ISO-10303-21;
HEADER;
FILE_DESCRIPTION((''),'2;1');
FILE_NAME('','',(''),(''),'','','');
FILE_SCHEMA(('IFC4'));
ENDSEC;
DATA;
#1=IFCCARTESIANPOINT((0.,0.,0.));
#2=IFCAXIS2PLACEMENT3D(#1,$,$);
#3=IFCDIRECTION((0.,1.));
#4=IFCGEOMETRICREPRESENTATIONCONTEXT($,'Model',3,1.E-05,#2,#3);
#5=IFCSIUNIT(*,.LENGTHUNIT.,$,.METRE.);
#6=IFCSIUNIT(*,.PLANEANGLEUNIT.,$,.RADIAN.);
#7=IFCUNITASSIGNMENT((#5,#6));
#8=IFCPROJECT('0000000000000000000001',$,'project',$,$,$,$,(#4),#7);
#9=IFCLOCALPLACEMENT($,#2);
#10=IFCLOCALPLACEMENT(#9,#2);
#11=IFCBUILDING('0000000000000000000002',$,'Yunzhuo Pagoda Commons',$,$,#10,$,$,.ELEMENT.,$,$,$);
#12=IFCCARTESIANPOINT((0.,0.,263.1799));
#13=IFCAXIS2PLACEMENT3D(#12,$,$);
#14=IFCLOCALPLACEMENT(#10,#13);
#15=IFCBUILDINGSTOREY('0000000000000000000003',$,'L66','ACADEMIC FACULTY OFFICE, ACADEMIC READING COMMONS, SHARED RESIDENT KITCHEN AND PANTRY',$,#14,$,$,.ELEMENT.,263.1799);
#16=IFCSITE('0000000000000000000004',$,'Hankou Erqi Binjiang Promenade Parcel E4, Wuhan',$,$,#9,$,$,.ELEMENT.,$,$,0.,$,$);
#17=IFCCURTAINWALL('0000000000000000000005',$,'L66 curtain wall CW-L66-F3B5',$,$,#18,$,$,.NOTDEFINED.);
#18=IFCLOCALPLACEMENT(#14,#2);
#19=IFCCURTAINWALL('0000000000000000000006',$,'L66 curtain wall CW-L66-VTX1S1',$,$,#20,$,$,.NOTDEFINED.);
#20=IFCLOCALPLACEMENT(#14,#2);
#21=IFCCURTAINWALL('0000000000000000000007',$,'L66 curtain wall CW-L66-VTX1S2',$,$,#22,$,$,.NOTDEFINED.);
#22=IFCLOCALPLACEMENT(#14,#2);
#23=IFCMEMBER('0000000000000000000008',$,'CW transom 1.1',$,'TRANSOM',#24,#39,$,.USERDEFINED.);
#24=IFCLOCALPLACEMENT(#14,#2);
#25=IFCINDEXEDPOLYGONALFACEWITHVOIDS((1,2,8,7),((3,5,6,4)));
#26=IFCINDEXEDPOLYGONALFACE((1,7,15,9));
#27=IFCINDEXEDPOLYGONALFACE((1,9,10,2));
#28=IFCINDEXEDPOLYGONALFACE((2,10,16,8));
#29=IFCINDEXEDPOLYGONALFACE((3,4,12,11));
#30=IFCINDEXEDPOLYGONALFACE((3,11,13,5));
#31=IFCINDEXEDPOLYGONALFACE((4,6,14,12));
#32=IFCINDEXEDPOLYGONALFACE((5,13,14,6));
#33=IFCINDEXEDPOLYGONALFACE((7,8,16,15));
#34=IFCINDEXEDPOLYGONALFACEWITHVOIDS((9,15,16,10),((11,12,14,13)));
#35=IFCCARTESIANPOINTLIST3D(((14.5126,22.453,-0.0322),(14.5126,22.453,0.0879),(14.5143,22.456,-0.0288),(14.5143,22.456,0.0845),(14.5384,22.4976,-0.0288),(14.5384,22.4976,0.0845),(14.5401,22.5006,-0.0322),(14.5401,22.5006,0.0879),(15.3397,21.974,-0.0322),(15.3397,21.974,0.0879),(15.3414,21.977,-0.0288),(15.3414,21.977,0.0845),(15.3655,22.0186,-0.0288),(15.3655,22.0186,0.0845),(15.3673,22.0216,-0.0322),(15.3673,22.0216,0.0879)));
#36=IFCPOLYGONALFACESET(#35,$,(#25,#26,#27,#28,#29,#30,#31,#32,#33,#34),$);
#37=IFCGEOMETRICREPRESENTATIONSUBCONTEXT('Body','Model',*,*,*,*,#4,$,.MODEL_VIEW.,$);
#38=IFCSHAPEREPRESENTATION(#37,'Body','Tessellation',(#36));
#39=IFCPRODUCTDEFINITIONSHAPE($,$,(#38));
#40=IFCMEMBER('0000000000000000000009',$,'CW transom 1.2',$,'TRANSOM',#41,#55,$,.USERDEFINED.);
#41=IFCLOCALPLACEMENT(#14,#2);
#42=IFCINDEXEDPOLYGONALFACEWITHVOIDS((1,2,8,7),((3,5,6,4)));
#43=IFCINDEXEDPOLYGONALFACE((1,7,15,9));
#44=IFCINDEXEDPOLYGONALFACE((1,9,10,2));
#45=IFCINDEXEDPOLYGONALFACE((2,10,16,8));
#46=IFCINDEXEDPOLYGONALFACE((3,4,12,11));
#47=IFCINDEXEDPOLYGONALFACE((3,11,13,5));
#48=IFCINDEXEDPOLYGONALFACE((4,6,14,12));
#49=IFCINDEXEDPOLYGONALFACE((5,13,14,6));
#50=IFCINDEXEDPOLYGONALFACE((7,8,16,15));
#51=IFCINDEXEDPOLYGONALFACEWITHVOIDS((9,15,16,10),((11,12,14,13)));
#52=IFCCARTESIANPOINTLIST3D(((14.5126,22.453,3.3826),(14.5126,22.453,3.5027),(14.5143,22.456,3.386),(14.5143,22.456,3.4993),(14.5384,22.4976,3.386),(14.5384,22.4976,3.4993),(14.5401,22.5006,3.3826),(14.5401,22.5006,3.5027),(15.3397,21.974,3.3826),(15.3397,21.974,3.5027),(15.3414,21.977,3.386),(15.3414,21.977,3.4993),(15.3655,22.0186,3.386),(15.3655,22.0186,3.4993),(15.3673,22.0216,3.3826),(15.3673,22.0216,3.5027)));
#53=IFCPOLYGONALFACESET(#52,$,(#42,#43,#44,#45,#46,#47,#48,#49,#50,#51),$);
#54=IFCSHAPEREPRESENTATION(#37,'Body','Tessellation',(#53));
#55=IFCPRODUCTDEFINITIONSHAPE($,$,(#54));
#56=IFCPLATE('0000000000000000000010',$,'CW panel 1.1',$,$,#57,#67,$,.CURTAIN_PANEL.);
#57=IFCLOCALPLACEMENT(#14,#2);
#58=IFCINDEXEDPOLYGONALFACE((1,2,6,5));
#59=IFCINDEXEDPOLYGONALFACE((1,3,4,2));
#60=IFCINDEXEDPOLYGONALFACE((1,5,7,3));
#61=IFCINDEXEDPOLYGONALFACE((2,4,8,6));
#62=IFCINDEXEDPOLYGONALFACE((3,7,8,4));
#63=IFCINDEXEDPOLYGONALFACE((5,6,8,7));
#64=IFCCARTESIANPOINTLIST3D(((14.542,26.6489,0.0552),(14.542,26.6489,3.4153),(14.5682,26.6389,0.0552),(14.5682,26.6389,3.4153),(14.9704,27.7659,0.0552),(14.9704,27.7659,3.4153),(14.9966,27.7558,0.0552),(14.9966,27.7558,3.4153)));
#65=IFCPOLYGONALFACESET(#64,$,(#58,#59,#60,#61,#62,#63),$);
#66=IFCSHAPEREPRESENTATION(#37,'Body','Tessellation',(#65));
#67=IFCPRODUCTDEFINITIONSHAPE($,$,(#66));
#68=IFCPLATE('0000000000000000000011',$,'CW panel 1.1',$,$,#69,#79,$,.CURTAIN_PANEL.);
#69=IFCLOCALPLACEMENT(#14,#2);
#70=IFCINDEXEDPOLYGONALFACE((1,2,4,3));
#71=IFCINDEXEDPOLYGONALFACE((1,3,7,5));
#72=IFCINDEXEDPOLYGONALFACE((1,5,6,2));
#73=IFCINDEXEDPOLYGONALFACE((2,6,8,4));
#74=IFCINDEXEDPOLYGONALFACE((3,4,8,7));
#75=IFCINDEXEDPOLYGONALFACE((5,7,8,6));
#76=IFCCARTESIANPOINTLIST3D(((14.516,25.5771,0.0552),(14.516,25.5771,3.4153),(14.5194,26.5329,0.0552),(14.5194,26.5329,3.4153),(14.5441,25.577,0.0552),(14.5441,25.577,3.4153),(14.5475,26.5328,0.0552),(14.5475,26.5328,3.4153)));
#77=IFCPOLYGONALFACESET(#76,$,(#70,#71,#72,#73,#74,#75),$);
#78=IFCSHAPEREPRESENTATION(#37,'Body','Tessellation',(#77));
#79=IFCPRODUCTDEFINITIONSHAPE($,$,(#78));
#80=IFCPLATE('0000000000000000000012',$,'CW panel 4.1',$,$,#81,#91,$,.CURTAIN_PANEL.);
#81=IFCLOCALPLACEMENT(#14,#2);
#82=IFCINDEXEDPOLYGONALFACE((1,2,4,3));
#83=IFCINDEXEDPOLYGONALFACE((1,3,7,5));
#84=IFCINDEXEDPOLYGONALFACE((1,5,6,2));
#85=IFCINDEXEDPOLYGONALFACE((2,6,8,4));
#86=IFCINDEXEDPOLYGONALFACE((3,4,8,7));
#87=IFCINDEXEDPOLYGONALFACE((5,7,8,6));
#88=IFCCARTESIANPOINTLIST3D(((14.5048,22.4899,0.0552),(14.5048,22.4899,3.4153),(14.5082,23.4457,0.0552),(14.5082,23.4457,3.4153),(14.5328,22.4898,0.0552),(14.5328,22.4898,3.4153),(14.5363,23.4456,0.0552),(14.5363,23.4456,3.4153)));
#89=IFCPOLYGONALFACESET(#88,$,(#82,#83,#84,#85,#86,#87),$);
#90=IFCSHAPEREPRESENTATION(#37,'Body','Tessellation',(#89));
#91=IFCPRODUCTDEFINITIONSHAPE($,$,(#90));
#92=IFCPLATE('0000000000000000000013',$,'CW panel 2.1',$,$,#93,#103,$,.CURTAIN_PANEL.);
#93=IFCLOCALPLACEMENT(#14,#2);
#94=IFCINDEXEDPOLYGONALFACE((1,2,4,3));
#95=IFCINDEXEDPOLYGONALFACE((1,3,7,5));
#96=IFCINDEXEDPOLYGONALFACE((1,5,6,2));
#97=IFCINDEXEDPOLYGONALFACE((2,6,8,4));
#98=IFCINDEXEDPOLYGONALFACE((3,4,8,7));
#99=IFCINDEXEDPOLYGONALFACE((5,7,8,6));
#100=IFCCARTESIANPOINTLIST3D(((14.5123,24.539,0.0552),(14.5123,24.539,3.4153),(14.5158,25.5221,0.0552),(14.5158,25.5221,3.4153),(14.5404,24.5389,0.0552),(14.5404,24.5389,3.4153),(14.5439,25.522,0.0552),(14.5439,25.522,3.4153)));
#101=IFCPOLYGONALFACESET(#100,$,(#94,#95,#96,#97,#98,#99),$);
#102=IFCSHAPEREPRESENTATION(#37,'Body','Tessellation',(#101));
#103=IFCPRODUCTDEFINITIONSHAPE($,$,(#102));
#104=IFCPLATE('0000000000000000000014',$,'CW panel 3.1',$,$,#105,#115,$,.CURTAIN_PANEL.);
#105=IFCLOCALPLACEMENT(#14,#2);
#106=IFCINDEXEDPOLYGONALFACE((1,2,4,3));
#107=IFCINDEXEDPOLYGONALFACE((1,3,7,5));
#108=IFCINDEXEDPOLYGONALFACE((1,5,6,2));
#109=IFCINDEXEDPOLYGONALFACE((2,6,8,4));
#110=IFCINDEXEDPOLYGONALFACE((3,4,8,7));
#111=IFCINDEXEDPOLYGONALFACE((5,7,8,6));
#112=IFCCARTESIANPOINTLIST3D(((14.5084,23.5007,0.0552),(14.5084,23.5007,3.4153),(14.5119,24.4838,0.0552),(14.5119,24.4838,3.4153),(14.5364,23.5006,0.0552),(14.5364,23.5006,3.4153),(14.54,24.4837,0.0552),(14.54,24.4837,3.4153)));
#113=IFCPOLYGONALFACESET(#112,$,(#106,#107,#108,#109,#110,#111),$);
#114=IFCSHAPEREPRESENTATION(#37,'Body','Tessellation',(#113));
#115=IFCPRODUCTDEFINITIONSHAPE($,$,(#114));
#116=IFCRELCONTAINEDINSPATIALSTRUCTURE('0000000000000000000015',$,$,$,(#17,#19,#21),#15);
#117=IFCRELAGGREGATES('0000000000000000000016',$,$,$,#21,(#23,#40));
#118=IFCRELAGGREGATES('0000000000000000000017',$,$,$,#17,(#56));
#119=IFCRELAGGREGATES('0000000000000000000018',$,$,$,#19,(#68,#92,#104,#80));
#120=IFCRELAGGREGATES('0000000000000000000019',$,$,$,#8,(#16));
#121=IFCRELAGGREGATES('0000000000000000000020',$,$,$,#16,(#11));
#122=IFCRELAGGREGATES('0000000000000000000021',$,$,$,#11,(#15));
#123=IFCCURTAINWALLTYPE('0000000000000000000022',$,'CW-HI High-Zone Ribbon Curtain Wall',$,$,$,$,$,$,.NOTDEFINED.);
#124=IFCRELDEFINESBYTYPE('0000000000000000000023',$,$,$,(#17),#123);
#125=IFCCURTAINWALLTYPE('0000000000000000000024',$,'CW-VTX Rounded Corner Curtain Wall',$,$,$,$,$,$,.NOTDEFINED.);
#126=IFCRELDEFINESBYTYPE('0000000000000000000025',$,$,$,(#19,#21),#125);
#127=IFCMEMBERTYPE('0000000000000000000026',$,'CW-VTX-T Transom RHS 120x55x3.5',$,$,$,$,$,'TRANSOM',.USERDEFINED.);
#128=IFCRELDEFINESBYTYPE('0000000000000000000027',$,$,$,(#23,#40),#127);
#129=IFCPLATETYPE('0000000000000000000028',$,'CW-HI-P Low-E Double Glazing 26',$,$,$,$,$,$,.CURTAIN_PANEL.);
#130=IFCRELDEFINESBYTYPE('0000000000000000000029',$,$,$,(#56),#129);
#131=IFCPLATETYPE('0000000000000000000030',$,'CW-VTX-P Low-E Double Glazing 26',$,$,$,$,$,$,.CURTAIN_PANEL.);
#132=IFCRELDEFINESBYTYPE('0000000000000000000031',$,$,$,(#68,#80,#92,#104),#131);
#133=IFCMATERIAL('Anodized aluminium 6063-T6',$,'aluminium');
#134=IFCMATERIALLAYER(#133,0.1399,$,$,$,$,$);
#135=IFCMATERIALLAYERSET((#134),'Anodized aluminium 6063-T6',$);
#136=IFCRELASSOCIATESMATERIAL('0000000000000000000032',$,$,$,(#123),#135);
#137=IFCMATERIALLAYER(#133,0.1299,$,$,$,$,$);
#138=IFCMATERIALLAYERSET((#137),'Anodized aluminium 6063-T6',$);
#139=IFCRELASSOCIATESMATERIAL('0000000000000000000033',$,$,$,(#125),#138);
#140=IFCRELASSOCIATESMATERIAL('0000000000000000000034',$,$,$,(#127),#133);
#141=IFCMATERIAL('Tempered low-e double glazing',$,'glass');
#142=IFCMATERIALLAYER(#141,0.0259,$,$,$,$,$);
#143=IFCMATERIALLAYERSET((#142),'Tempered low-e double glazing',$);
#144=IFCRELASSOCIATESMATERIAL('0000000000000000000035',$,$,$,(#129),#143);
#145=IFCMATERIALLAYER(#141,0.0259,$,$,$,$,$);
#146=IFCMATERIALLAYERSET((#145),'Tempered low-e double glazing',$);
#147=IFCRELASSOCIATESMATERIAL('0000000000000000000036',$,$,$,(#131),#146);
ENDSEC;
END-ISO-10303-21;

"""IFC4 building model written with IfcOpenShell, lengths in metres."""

from ifc_helpers import new_model, si_unit, direction, frame, origin, origin_2d, place, context, subcontext, project, spatial, rectangle, hollow_rectangle, extrude, source, transform, mapped, material, layer, layer_set, material_profile, profile_set, type_object, element, aggregate, save


model = new_model("IFC4")

# Units and contexts
model_context = context("Model", 3, precision=1e-05, world=origin(), true_north=direction((0.0, 1.0)))
body_context = subcontext(model_context, "Body", "Model", "MODEL_VIEW")
ifc_project = project(units=[si_unit("LENGTHUNIT", "METRE"), si_unit("PLANEANGLEUNIT", "RADIAN")], contexts=[model_context])

# Site, building, storey
site_placement = place(None, origin())
site = spatial("IfcSite", under=ifc_project, at=site_placement, Name="Hankou Erqi Binjiang Promenade Parcel E4, Wuhan", CompositionType="ELEMENT", RefElevation=0.0)
building_placement = place(site_placement, origin())
building = spatial("IfcBuilding", under=site, at=building_placement, Name="Yunzhuo Pagoda Commons", CompositionType="ELEMENT")
storey_placement = place(building_placement, frame((0.0, 0.0, 263.1799)))
storey = spatial("IfcBuildingStorey", under=building, at=storey_placement, Name="L66", Description="ACADEMIC FACULTY OFFICE, ACADEMIC READING COMMONS, SHARED RESIDENT KITCHEN AND PANTRY", CompositionType="ELEMENT", Elevation=263.1799)

# Shared definitions
ifc_material_1 = material(Name="Anodized aluminium 6063-T6", Category="aluminium")
ifc_layer_1 = layer(ifc_material_1, 0.1399)
ifc_layer_set_1 = layer_set([ifc_layer_1], Name="Anodized aluminium 6063-T6")
curtain_wall_type_1 = type_object("IfcCurtainWallType", Name="CW-HI High-Zone Ribbon Curtain Wall", PredefinedType="NOTDEFINED", material=ifc_layer_set_1)

# Curtain walls
curtain_wall_1_placement = place(storey_placement, origin())
curtain_wall_1 = element("IfcCurtainWall", 1, at=curtain_wall_1_placement, inside=storey, type_object=curtain_wall_type_1, Name="L66 curtain wall CW-L66-F3B5", PredefinedType="NOTDEFINED")
ifc_layer_2 = layer(ifc_material_1, 0.1299)
ifc_layer_set_2 = layer_set([ifc_layer_2], Name="Anodized aluminium 6063-T6")
curtain_wall_type_2 = type_object("IfcCurtainWallType", Name="CW-VTX Rounded Corner Curtain Wall", PredefinedType="NOTDEFINED", material=ifc_layer_set_2)
curtain_wall_2_placement = place(storey_placement, origin())
curtain_wall_2 = element("IfcCurtainWall", 2, at=curtain_wall_2_placement, inside=storey, type_object=curtain_wall_type_2, Name="L66 curtain wall CW-L66-VTX1S1", PredefinedType="NOTDEFINED")

# Shared definitions
ifc_material_profile_1 = material_profile(ifc_material_1, hollow_rectangle(XDim=0.0549, YDim=0.1201, WallThickness=0.0034, at=origin_2d()), Name="Anodized aluminium 6063-T6")
ifc_profile_set_1 = profile_set([ifc_material_profile_1], Name="Anodized aluminium 6063-T6")
member_type_1 = type_object("IfcMemberType", Name="CW-VTX-T Transom RHS 120x55x3.5", ElementType="TRANSOM", PredefinedType="USERDEFINED", material=ifc_profile_set_1)
shared_shape_1 = source(origin(), body_context, "Body", "SweptSolid", [
    extrude(hollow_rectangle(XDim=0.0549, YDim=0.1201, WallThickness=0.0034, at=origin_2d()), origin(), (0.0, 0.0, 1.0), 0.9558),
])

# Curtain wall, members
curtain_wall_3_placement = place(storey_placement, origin())
curtain_wall_3 = element("IfcCurtainWall", 3, at=curtain_wall_3_placement, inside=storey, type_object=curtain_wall_type_2, Name="L66 curtain wall CW-L66-VTX1S2", PredefinedType="NOTDEFINED")
member_1_placement = place(storey_placement, frame((14.5264, 22.4768, 0.0278), z_axis=(0.865368, -0.501137, 0.0), x_axis=(0.501137, 0.865368, 0.0)))
member_1 = element("IfcMember", 4, at=member_1_placement, type_object=member_type_1, Name="CW transom 1.1", ObjectType="TRANSOM", PredefinedType="USERDEFINED", context=body_context, shape_type="MappedRepresentation", body=[
    mapped(shared_shape_1, transform((0.0, 0.0, 0.0), scale=1.0)),
])
member_2_placement = place(storey_placement, frame((14.5264, 22.4768, 3.4426), z_axis=(0.865368, -0.501137, 0.0), x_axis=(0.501137, 0.865368, 0.0)))
member_2 = element("IfcMember", 5, at=member_2_placement, type_object=member_type_1, Name="CW transom 1.2", ObjectType="TRANSOM", PredefinedType="USERDEFINED", context=body_context, shape_type="MappedRepresentation", body=[
    mapped(shared_shape_1, transform((0.0, 0.0, 0.0), scale=1.0)),
])
aggregate(curtain_wall_3, [member_1, member_2])

# Plates
ifc_material_2 = material(Name="Tempered low-e double glazing", Category="glass")
ifc_layer_3 = layer(ifc_material_2, 0.0259)
ifc_layer_set_3 = layer_set([ifc_layer_3], Name="Tempered low-e double glazing")
plate_type_1 = type_object("IfcPlateType", Name="CW-HI-P Low-E Double Glazing 26", PredefinedType="CURTAIN_PANEL", material=ifc_layer_set_3)
shared_shape_2 = source(origin(), body_context, "Body", "SweptSolid", [
    extrude(rectangle(XDim=1.1963, YDim=0.0281, at=origin_2d()), origin(), (0.0, 0.0, 1.0), 3.3601),
])
plate_1_placement = place(storey_placement, frame((14.7693, 27.2024, 0.0552), z_axis=(0.0, 0.0, 1.0), x_axis=(-0.358124, -0.933674, 0.0)))
plate_1 = element("IfcPlate", 6, at=plate_1_placement, type_object=plate_type_1, Name="CW panel 1.1", PredefinedType="CURTAIN_PANEL", context=body_context, shape_type="MappedRepresentation", body=[
    mapped(shared_shape_2, transform((0.0, 0.0, 0.0), scale=1.0)),
])
aggregate(curtain_wall_1, [plate_1])
ifc_layer_4 = layer(ifc_material_2, 0.0259)
ifc_layer_set_4 = layer_set([ifc_layer_4], Name="Tempered low-e double glazing")
plate_type_2 = type_object("IfcPlateType", Name="CW-VTX-P Low-E Double Glazing 26", PredefinedType="CURTAIN_PANEL", material=ifc_layer_set_4)
shared_shape_3 = source(origin(), body_context, "Body", "SweptSolid", [
    extrude(rectangle(XDim=0.9558, YDim=0.0281, at=origin_2d()), origin(), (0.0, 0.0, 1.0), 3.3601),
])
plate_2_placement = place(storey_placement, frame((14.5317, 26.0549, 0.0552), z_axis=(0.0, 0.0, 1.0), x_axis=(-0.003588, -0.999994, 0.0)))
plate_2 = element("IfcPlate", 7, at=plate_2_placement, type_object=plate_type_2, Name="CW panel 1.1", PredefinedType="CURTAIN_PANEL", context=body_context, shape_type="MappedRepresentation", body=[
    mapped(shared_shape_3, transform((0.0, 0.0, 0.0), scale=1.0)),
])
plate_3_placement = place(storey_placement, frame((14.5205, 22.9678, 0.0552), z_axis=(0.0, 0.0, 1.0), x_axis=(-0.003588, -0.999994, 0.0)))
plate_3 = element("IfcPlate", 8, at=plate_3_placement, type_object=plate_type_2, Name="CW panel 4.1", PredefinedType="CURTAIN_PANEL", context=body_context, shape_type="MappedRepresentation", body=[
    mapped(shared_shape_3, transform((0.0, 0.0, 0.0), scale=1.0)),
])
shared_shape_4 = source(origin(), body_context, "Body", "SweptSolid", [
    extrude(rectangle(XDim=0.9832, YDim=0.0281, at=origin_2d()), origin(), (0.0, 0.0, 1.0), 3.3601),
])
plate_4_placement = place(storey_placement, frame((14.5281, 25.0305, 0.0552), z_axis=(0.0, 0.0, 1.0), x_axis=(-0.003588, -0.999994, 0.0)))
plate_4 = element("IfcPlate", 9, at=plate_4_placement, type_object=plate_type_2, Name="CW panel 2.1", PredefinedType="CURTAIN_PANEL", context=body_context, shape_type="MappedRepresentation", body=[
    mapped(shared_shape_4, transform((0.0, 0.0, 0.0), scale=1.0)),
])
plate_5_placement = place(storey_placement, frame((14.5242, 23.9922, 0.0552), z_axis=(0.0, 0.0, 1.0), x_axis=(-0.003588, -0.999994, 0.0)))
plate_5 = element("IfcPlate", 10, at=plate_5_placement, type_object=plate_type_2, Name="CW panel 3.1", PredefinedType="CURTAIN_PANEL", context=body_context, shape_type="MappedRepresentation", body=[
    mapped(shared_shape_4, transform((0.0, 0.0, 0.0), scale=1.0)),
])
aggregate(curtain_wall_2, [plate_2, plate_4, plate_5, plate_3])

save(model, "model.ifc")
